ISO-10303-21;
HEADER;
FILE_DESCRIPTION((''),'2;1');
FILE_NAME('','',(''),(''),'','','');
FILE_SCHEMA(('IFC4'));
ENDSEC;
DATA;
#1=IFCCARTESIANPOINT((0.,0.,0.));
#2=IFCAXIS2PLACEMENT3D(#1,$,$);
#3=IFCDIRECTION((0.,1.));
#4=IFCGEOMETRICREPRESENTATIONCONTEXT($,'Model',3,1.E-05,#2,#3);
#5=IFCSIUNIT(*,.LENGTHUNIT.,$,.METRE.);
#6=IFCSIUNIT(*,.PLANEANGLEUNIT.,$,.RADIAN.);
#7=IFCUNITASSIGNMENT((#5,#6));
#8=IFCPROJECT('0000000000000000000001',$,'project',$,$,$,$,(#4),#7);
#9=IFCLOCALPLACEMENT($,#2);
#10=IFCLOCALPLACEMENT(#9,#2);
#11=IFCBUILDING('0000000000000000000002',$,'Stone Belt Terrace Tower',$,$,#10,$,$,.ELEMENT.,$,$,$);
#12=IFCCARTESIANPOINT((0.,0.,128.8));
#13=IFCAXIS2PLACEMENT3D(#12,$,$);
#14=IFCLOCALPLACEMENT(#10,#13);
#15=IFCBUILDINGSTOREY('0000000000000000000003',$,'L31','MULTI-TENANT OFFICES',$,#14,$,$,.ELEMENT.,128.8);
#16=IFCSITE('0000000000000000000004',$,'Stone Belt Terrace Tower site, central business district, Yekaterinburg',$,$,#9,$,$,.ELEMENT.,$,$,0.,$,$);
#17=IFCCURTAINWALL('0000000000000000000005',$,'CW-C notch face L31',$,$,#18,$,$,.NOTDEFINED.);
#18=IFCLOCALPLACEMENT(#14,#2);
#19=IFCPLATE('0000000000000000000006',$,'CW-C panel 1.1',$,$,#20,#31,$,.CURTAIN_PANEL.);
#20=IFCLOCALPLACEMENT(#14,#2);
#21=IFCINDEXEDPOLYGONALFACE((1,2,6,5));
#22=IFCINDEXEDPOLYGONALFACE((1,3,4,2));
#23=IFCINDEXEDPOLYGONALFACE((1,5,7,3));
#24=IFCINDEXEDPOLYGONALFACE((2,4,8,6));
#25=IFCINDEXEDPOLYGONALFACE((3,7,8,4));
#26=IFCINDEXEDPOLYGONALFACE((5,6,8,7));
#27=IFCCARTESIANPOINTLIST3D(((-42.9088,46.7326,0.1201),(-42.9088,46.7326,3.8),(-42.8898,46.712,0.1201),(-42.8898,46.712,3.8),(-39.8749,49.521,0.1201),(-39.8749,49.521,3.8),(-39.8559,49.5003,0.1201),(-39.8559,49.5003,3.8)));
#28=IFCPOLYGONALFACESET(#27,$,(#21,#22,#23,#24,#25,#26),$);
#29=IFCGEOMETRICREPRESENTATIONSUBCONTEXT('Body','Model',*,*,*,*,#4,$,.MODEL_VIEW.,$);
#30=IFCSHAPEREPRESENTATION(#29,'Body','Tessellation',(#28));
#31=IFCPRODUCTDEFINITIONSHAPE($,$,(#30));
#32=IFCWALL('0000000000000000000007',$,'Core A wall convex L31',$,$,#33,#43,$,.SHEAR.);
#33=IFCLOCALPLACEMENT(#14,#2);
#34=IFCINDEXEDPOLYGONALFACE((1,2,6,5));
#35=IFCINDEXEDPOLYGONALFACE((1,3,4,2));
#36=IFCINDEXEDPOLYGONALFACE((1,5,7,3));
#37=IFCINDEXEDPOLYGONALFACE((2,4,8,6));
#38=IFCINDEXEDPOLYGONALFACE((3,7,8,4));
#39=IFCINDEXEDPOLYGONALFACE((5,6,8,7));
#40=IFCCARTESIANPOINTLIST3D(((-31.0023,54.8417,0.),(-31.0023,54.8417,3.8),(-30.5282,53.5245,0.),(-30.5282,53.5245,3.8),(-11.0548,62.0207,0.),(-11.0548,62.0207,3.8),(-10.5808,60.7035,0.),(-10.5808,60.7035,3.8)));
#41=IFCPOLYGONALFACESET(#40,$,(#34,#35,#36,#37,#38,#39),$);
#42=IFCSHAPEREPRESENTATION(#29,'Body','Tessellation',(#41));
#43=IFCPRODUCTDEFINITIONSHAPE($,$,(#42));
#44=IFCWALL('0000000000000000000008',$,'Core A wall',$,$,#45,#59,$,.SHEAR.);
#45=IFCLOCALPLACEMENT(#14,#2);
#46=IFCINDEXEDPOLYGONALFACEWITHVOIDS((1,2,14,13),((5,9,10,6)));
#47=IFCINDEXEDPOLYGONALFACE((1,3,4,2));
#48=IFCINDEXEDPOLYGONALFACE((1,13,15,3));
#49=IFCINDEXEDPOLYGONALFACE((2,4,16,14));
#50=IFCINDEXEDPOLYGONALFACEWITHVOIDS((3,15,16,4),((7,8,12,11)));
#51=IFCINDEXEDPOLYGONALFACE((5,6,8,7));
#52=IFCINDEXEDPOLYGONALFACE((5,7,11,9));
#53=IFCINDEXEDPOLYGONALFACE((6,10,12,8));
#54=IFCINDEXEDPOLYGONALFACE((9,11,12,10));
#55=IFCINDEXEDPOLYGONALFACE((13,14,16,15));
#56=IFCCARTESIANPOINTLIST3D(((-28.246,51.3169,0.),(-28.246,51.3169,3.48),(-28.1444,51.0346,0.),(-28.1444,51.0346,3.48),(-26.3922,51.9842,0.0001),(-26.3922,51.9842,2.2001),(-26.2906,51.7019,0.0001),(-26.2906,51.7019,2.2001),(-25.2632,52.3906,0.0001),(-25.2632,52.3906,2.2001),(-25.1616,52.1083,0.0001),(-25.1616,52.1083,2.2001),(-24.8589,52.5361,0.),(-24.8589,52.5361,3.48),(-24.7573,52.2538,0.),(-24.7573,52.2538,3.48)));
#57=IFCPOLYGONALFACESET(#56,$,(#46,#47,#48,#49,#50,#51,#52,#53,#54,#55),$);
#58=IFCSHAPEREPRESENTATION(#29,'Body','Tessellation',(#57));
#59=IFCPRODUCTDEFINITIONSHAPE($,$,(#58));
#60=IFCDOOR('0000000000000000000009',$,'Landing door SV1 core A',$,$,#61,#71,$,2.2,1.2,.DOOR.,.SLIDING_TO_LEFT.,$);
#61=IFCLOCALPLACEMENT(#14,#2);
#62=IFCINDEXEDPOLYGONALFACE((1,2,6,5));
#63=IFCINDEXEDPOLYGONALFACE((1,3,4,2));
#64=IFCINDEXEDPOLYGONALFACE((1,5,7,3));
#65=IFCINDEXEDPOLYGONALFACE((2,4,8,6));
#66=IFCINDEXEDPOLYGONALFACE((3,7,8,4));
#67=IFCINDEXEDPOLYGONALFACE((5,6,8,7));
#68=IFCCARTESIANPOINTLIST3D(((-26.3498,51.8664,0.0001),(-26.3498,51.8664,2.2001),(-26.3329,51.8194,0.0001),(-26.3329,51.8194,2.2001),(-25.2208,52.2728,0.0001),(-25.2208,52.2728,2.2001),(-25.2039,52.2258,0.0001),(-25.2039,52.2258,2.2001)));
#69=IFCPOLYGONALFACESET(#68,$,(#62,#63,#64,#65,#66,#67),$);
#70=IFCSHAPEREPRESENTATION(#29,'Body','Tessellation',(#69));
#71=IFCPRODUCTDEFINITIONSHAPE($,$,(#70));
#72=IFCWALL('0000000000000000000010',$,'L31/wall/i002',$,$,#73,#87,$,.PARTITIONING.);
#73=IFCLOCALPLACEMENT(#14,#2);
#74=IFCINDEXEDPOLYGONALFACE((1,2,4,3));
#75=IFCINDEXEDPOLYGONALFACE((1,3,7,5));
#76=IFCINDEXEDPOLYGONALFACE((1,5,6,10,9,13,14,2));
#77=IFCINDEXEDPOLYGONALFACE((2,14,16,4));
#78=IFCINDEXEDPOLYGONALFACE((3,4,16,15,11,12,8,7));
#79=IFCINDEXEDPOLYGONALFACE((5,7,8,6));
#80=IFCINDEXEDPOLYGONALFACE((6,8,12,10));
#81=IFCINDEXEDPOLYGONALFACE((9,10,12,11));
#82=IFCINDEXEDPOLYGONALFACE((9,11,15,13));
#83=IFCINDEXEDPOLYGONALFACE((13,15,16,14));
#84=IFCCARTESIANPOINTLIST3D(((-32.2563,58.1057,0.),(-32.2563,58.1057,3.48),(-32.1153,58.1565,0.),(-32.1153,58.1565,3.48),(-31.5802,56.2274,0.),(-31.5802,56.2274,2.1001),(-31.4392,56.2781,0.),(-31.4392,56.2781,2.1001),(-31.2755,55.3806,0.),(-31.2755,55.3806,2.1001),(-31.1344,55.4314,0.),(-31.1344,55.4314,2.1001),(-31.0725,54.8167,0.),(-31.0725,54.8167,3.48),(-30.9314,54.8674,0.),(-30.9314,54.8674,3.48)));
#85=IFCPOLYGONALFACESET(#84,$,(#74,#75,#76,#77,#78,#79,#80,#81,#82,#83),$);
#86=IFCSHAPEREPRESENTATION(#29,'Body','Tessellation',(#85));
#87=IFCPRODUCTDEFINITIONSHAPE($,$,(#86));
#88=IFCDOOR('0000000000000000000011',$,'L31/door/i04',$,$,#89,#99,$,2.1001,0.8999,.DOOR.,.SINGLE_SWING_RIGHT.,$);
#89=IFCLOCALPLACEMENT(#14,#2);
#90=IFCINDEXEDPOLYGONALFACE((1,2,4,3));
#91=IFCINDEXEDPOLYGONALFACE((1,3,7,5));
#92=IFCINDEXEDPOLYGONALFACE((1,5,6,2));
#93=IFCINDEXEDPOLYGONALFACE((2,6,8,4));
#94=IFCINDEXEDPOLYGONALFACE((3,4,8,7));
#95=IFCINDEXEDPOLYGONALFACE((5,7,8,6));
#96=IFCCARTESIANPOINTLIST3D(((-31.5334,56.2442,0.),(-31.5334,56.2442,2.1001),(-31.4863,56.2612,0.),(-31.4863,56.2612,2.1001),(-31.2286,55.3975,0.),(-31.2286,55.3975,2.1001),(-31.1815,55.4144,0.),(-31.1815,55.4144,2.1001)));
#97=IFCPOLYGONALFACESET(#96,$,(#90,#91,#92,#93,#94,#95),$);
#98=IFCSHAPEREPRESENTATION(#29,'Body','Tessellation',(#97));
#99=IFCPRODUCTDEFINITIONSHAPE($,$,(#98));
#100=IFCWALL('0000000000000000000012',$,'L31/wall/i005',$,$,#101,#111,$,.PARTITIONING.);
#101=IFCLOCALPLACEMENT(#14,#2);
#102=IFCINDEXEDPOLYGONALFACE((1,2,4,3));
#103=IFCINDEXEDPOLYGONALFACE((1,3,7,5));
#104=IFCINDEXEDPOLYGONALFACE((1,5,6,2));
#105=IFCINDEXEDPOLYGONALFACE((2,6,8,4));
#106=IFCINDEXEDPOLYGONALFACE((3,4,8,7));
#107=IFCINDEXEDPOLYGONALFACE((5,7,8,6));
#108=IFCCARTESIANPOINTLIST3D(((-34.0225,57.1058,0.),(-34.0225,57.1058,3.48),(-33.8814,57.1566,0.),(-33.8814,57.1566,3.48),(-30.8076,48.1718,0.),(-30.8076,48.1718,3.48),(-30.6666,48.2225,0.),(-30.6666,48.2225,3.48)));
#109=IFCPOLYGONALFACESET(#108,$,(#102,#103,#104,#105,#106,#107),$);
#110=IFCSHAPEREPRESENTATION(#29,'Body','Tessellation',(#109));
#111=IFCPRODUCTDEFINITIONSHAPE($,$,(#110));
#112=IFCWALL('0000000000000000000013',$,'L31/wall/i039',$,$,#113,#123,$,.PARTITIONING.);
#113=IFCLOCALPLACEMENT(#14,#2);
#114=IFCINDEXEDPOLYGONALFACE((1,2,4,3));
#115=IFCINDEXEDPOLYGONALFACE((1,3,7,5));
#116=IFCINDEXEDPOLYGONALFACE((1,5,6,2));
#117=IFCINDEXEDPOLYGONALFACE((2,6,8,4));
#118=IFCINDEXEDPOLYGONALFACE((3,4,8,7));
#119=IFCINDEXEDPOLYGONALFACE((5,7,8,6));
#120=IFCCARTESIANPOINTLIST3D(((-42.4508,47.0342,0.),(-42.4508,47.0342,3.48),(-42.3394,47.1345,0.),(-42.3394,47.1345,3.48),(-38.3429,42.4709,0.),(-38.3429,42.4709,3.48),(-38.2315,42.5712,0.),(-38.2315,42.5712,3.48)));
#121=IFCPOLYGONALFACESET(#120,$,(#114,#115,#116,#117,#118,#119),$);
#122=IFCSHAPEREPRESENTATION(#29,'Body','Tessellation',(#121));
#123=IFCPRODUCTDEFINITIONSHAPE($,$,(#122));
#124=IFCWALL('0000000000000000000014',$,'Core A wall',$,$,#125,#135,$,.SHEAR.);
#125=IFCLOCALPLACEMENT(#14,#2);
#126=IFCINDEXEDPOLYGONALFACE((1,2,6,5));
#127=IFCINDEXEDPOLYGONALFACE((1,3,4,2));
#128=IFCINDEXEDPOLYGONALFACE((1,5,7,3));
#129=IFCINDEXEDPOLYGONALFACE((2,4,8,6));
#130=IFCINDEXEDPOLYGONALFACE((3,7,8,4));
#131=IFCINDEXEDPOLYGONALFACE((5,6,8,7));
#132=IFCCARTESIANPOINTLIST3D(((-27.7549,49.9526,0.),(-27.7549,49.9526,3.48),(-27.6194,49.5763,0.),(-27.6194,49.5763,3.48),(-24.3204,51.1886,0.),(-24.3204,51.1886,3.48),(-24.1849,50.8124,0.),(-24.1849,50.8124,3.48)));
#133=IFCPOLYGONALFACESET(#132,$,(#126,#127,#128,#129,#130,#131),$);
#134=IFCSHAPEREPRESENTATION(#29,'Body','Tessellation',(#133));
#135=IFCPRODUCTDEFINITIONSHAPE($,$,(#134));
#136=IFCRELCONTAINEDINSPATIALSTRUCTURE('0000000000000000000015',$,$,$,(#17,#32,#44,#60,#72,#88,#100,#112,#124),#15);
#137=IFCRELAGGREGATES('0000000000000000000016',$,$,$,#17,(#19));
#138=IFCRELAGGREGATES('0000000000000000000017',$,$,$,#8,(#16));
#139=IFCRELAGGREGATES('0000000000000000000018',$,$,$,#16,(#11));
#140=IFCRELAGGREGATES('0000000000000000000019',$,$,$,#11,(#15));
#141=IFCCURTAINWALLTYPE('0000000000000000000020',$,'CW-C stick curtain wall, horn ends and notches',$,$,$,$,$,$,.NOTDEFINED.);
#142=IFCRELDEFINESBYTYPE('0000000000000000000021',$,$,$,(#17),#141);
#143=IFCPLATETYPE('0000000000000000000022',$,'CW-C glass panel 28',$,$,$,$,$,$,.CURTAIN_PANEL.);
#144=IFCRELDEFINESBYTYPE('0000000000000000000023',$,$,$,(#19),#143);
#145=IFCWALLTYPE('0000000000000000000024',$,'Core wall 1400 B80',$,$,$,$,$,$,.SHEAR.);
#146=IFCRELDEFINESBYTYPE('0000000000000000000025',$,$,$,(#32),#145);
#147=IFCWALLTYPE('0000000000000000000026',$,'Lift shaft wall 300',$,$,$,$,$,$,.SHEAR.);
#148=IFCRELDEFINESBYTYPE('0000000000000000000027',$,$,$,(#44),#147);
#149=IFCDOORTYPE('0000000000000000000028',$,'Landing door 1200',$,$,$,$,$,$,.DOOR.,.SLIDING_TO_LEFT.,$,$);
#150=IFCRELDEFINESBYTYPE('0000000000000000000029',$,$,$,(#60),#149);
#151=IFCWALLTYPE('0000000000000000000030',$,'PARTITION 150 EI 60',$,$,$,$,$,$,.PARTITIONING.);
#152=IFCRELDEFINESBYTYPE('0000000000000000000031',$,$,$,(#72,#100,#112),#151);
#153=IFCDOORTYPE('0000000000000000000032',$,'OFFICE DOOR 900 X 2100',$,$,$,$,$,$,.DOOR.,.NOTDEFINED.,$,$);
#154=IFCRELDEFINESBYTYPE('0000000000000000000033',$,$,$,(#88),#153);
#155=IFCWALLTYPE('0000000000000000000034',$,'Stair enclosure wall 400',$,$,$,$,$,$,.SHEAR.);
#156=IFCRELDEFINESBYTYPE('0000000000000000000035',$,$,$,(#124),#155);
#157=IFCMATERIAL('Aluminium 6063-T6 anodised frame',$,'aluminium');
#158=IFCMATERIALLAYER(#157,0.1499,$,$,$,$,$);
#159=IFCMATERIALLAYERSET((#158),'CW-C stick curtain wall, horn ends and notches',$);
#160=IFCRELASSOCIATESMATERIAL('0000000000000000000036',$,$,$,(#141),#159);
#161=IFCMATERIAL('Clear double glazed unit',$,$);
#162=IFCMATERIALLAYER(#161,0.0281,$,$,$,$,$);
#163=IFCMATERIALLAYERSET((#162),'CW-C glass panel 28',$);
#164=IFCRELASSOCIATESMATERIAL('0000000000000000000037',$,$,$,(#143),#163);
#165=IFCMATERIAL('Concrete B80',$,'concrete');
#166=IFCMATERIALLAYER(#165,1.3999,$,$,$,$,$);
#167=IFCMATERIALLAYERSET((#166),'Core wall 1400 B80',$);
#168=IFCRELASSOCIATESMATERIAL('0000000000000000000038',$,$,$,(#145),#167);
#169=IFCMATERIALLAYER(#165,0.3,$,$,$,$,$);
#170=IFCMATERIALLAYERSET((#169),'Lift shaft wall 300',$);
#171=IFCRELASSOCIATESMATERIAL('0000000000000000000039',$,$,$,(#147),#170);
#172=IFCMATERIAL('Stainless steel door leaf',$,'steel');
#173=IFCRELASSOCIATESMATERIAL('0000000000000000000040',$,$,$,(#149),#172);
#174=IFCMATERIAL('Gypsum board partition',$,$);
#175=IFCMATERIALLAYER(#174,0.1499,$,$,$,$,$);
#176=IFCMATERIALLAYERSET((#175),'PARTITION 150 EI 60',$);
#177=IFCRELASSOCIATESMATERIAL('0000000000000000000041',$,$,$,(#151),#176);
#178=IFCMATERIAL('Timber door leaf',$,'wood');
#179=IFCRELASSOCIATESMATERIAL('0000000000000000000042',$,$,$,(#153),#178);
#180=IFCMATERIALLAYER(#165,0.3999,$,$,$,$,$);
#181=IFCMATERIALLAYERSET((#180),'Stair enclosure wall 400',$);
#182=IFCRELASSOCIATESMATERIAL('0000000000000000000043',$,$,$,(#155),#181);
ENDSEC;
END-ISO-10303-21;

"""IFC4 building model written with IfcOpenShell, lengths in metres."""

from ifc_helpers import new_model, si_unit, direction, frame, frame_2d, origin, origin_2d, place, context, subcontext, project, spatial, rectangle, extrude, material, layer, layer_set, type_object, element, fill, aggregate, save


model = new_model("IFC4")

# Units and contexts
model_context = context("Model", 3, precision=1e-05, world=origin(), true_north=direction((0.0, 1.0)))
body_context = subcontext(model_context, "Body", "Model", "MODEL_VIEW")
ifc_project = project(units=[si_unit("LENGTHUNIT", "METRE"), si_unit("PLANEANGLEUNIT", "RADIAN")], contexts=[model_context])

# Site, building, storey
site_placement = place(None, origin())
site = spatial("IfcSite", under=ifc_project, at=site_placement, Name="Stone Belt Terrace Tower site, central business district, Yekaterinburg", CompositionType="ELEMENT", RefElevation=0.0)
building_placement = place(site_placement, origin())
building = spatial("IfcBuilding", under=site, at=building_placement, Name="Stone Belt Terrace Tower", CompositionType="ELEMENT")
storey_placement = place(building_placement, frame((0.0, 0.0, 128.8)))
storey = spatial("IfcBuildingStorey", under=building, at=storey_placement, Name="L31", Description="MULTI-TENANT OFFICES", CompositionType="ELEMENT", Elevation=128.8)

# Shared definitions
ifc_material_1 = material(Name="Concrete B80", Category="concrete")

# Shared definitions
ifc_material_2 = material(Name="Aluminium 6063-T6 anodised frame", Category="aluminium")

# Curtain wall
ifc_layer_1 = layer(ifc_material_2, 0.1499)
ifc_layer_set_1 = layer_set([ifc_layer_1], Name="CW-C stick curtain wall, horn ends and notches")
curtain_wall_type_1 = type_object("IfcCurtainWallType", Name="CW-C stick curtain wall, horn ends and notches", PredefinedType="NOTDEFINED", material=ifc_layer_set_1)
curtain_wall_1_placement = place(storey_placement, origin())
curtain_wall_1 = element("IfcCurtainWall", 1, at=curtain_wall_1_placement, inside=storey, type_object=curtain_wall_type_1, Name="CW-C notch face L31", PredefinedType="NOTDEFINED")

# Plate
ifc_material_3 = material(Name="Clear double glazed unit")
ifc_layer_2 = layer(ifc_material_3, 0.0281)
ifc_layer_set_2 = layer_set([ifc_layer_2], Name="CW-C glass panel 28")
plate_type_1 = type_object("IfcPlateType", Name="CW-C glass panel 28", PredefinedType="CURTAIN_PANEL", material=ifc_layer_set_2)
plate_1_placement = place(storey_placement, frame((-41.3823, 48.1165, 0.1201), z_axis=(0.0, 0.0, 1.0), x_axis=(-0.73628, -0.676677, 0.0)))
plate_1 = element("IfcPlate", 2, at=plate_1_placement, type_object=plate_type_1, Name="CW-C panel 1.1", PredefinedType="CURTAIN_PANEL", context=body_context, shape_type="SweptSolid", body=[
    extrude(rectangle(XDim=4.1206, YDim=0.0281, at=origin_2d()), origin(), (0.0, 0.0, 1.0), 3.6799),
])
aggregate(curtain_wall_1, [plate_1])

# Wall
ifc_layer_3 = layer(ifc_material_1, 1.3999)
ifc_layer_set_3 = layer_set([ifc_layer_3], Name="Core wall 1400 B80")
wall_type_1 = type_object("IfcWallType", Name="Core wall 1400 B80", PredefinedType="SHEAR", material=ifc_layer_set_3)
wall_1_placement = place(storey_placement, frame((-30.7654, 54.1831, 0.0), z_axis=(0.0, 0.0, 1.0), x_axis=(0.94092, 0.33863, 0.0)))
element("IfcWall", 3, at=wall_1_placement, inside=storey, type_object=wall_type_1, Name="Core A wall convex L31", PredefinedType="SHEAR", context=body_context, shape_type="SweptSolid", body=[
    extrude(rectangle(XDim=21.2, YDim=1.3999, at=frame_2d((10.6001, 0.0))), origin(), (0.0, 0.0, 1.0), 3.8),
])

# Walls, openings, doors
ifc_layer_4 = layer(ifc_material_1, 0.3)
ifc_layer_set_4 = layer_set([ifc_layer_4], Name="Lift shaft wall 300")
wall_type_2 = type_object("IfcWallType", Name="Lift shaft wall 300", PredefinedType="SHEAR", material=ifc_layer_set_4)
wall_2_placement = place(storey_placement, frame((-28.1951, 51.1758, 0.0), z_axis=(0.0, 0.0, 1.0), x_axis=(0.940901, 0.338681, 0.0)))
wall_2 = element("IfcWall", 4, at=wall_2_placement, inside=storey, type_object=wall_type_2, Name="Core A wall", PredefinedType="SHEAR", context=body_context, shape_type="SweptSolid", body=[
    extrude(rectangle(XDim=3.5999, YDim=0.3, at=frame_2d((1.7998, 0.0))), origin(), (0.0, 0.0, 1.0), 3.48),
])
opening_1_placement = place(wall_2_placement, frame((1.97, 0.0, 0.0)))
opening_1 = element("IfcOpeningElement", 5, at=opening_1_placement, cuts=wall_2, PredefinedType="OPENING", context=body_context, shape_type="SweptSolid", body=[
    extrude(rectangle(XDim=1.2, YDim=2.2, at=frame_2d((0.6001, 1.1001))), frame((0.0, 0.1599, 0.0), z_axis=(0.0, -1.0, 0.0), x_axis=(1.0, 0.0, 0.0)), (0.0, 0.0, 1.0), 0.3201),
])
ifc_material_4 = material(Name="Stainless steel door leaf", Category="steel")
door_type_1 = type_object("IfcDoorType", Name="Landing door 1200", OperationType="SLIDING_TO_LEFT", PredefinedType="DOOR", material=ifc_material_4)
door_1_placement = place(opening_1_placement, origin())
door_1 = element("IfcDoor", 6, at=door_1_placement, inside=storey, type_object=door_type_1, Name="Landing door SV1 core A", OperationType="SLIDING_TO_LEFT", OverallHeight=2.2, OverallWidth=1.2, PredefinedType="DOOR", context=body_context, shape_type="SweptSolid", body=[
    extrude(rectangle(XDim=1.2, YDim=2.2, at=frame_2d((0.6001, 1.1001))), frame((0.0, 0.0249, 0.0), z_axis=(0.0, -1.0, 0.0), x_axis=(1.0, 0.0, 0.0)), (0.0, 0.0, 1.0), 0.05),
])
fill(opening_1, door_1)
ifc_material_5 = material(Name="Gypsum board partition")
ifc_layer_5 = layer(ifc_material_5, 0.1499)
ifc_layer_set_5 = layer_set([ifc_layer_5], Name="PARTITION 150 EI 60")
wall_type_3 = type_object("IfcWallType", Name="PARTITION 150 EI 60", PredefinedType="PARTITIONING", material=ifc_layer_set_5)
wall_3_placement = place(storey_placement, frame((-32.1858, 58.1311, 0.0), z_axis=(0.0, 0.0, 1.0), x_axis=(0.338663, -0.940908, 0.0)))
wall_3 = element("IfcWall", 7, at=wall_3_placement, inside=storey, type_object=wall_type_3, Name="L31/wall/i002", PredefinedType="PARTITIONING", context=body_context, shape_type="SweptSolid", body=[
    extrude(rectangle(XDim=3.4956, YDim=0.1499, at=frame_2d((1.7478, 0.0))), origin(), (0.0, 0.0, 1.0), 3.48),
])
opening_2_placement = place(wall_3_placement, frame((1.9963, 0.0, 0.0)))
opening_2 = element("IfcOpeningElement", 8, at=opening_2_placement, cuts=wall_3, PredefinedType="OPENING", context=body_context, shape_type="SweptSolid", body=[
    extrude(rectangle(XDim=0.8999, YDim=2.1001, at=frame_2d((0.45, 1.05))), frame((0.0, 0.085, 0.0), z_axis=(0.0, -1.0, 0.0), x_axis=(1.0, 0.0, 0.0)), (0.0, 0.0, 1.0), 0.1699),
])
ifc_material_6 = material(Name="Timber door leaf", Category="wood")
door_type_2 = type_object("IfcDoorType", Name="OFFICE DOOR 900 X 2100", OperationType="NOTDEFINED", PredefinedType="DOOR", material=ifc_material_6)
door_2_placement = place(opening_2_placement, origin())
door_2 = element("IfcDoor", 9, at=door_2_placement, inside=storey, type_object=door_type_2, Name="L31/door/i04", OperationType="SINGLE_SWING_RIGHT", OverallHeight=2.1001, OverallWidth=0.8999, PredefinedType="DOOR", context=body_context, shape_type="SweptSolid", body=[
    extrude(rectangle(XDim=0.8999, YDim=2.1001, at=frame_2d((0.45, 1.05))), frame((0.0, 0.0249, 0.0), z_axis=(0.0, -1.0, 0.0), x_axis=(1.0, 0.0, 0.0)), (0.0, 0.0, 1.0), 0.05),
])
fill(opening_2, door_2)

# Walls
wall_4_placement = place(storey_placement, frame((-30.7371, 48.197, 0.0), z_axis=(0.0, 0.0, 1.0), x_axis=(-0.338587, 0.940935, 0.0)))
element("IfcWall", 10, at=wall_4_placement, inside=storey, type_object=wall_type_3, Name="L31/wall/i005", PredefinedType="PARTITIONING", context=body_context, shape_type="SweptSolid", body=[
    extrude(rectangle(XDim=9.4949, YDim=0.1499, at=frame_2d((4.7476, 0.0))), origin(), (0.0, 0.0, 1.0), 3.48),
])
wall_5_placement = place(storey_placement, frame((-42.395, 47.0842, 0.0), z_axis=(0.0, 0.0, 1.0), x_axis=(0.669055, -0.743213, 0.0)))
element("IfcWall", 11, at=wall_5_placement, inside=storey, type_object=wall_type_3, Name="L31/wall/i039", PredefinedType="PARTITIONING", context=body_context, shape_type="SweptSolid", body=[
    extrude(rectangle(XDim=6.1399, YDim=0.1499, at=frame_2d((3.0698, 0.0))), origin(), (0.0, 0.0, 1.0), 3.48),
])
ifc_layer_6 = layer(ifc_material_1, 0.3999)
ifc_layer_set_6 = layer_set([ifc_layer_6], Name="Stair enclosure wall 400")
wall_type_4 = type_object("IfcWallType", Name="Stair enclosure wall 400", PredefinedType="SHEAR", material=ifc_layer_set_6)
wall_6_placement = place(storey_placement, frame((-27.6873, 49.7644, 0.0), z_axis=(0.0, 0.0, 1.0), x_axis=(0.940919, 0.338632, 0.0)))
element("IfcWall", 12, at=wall_6_placement, inside=storey, type_object=wall_type_4, Name="Core A wall", PredefinedType="SHEAR", context=body_context, shape_type="SweptSolid", body=[
    extrude(rectangle(XDim=3.6501, YDim=0.3999, at=frame_2d((1.8252, 0.0))), origin(), (0.0, 0.0, 1.0), 3.48),
])

save(model, "model.ifc")
